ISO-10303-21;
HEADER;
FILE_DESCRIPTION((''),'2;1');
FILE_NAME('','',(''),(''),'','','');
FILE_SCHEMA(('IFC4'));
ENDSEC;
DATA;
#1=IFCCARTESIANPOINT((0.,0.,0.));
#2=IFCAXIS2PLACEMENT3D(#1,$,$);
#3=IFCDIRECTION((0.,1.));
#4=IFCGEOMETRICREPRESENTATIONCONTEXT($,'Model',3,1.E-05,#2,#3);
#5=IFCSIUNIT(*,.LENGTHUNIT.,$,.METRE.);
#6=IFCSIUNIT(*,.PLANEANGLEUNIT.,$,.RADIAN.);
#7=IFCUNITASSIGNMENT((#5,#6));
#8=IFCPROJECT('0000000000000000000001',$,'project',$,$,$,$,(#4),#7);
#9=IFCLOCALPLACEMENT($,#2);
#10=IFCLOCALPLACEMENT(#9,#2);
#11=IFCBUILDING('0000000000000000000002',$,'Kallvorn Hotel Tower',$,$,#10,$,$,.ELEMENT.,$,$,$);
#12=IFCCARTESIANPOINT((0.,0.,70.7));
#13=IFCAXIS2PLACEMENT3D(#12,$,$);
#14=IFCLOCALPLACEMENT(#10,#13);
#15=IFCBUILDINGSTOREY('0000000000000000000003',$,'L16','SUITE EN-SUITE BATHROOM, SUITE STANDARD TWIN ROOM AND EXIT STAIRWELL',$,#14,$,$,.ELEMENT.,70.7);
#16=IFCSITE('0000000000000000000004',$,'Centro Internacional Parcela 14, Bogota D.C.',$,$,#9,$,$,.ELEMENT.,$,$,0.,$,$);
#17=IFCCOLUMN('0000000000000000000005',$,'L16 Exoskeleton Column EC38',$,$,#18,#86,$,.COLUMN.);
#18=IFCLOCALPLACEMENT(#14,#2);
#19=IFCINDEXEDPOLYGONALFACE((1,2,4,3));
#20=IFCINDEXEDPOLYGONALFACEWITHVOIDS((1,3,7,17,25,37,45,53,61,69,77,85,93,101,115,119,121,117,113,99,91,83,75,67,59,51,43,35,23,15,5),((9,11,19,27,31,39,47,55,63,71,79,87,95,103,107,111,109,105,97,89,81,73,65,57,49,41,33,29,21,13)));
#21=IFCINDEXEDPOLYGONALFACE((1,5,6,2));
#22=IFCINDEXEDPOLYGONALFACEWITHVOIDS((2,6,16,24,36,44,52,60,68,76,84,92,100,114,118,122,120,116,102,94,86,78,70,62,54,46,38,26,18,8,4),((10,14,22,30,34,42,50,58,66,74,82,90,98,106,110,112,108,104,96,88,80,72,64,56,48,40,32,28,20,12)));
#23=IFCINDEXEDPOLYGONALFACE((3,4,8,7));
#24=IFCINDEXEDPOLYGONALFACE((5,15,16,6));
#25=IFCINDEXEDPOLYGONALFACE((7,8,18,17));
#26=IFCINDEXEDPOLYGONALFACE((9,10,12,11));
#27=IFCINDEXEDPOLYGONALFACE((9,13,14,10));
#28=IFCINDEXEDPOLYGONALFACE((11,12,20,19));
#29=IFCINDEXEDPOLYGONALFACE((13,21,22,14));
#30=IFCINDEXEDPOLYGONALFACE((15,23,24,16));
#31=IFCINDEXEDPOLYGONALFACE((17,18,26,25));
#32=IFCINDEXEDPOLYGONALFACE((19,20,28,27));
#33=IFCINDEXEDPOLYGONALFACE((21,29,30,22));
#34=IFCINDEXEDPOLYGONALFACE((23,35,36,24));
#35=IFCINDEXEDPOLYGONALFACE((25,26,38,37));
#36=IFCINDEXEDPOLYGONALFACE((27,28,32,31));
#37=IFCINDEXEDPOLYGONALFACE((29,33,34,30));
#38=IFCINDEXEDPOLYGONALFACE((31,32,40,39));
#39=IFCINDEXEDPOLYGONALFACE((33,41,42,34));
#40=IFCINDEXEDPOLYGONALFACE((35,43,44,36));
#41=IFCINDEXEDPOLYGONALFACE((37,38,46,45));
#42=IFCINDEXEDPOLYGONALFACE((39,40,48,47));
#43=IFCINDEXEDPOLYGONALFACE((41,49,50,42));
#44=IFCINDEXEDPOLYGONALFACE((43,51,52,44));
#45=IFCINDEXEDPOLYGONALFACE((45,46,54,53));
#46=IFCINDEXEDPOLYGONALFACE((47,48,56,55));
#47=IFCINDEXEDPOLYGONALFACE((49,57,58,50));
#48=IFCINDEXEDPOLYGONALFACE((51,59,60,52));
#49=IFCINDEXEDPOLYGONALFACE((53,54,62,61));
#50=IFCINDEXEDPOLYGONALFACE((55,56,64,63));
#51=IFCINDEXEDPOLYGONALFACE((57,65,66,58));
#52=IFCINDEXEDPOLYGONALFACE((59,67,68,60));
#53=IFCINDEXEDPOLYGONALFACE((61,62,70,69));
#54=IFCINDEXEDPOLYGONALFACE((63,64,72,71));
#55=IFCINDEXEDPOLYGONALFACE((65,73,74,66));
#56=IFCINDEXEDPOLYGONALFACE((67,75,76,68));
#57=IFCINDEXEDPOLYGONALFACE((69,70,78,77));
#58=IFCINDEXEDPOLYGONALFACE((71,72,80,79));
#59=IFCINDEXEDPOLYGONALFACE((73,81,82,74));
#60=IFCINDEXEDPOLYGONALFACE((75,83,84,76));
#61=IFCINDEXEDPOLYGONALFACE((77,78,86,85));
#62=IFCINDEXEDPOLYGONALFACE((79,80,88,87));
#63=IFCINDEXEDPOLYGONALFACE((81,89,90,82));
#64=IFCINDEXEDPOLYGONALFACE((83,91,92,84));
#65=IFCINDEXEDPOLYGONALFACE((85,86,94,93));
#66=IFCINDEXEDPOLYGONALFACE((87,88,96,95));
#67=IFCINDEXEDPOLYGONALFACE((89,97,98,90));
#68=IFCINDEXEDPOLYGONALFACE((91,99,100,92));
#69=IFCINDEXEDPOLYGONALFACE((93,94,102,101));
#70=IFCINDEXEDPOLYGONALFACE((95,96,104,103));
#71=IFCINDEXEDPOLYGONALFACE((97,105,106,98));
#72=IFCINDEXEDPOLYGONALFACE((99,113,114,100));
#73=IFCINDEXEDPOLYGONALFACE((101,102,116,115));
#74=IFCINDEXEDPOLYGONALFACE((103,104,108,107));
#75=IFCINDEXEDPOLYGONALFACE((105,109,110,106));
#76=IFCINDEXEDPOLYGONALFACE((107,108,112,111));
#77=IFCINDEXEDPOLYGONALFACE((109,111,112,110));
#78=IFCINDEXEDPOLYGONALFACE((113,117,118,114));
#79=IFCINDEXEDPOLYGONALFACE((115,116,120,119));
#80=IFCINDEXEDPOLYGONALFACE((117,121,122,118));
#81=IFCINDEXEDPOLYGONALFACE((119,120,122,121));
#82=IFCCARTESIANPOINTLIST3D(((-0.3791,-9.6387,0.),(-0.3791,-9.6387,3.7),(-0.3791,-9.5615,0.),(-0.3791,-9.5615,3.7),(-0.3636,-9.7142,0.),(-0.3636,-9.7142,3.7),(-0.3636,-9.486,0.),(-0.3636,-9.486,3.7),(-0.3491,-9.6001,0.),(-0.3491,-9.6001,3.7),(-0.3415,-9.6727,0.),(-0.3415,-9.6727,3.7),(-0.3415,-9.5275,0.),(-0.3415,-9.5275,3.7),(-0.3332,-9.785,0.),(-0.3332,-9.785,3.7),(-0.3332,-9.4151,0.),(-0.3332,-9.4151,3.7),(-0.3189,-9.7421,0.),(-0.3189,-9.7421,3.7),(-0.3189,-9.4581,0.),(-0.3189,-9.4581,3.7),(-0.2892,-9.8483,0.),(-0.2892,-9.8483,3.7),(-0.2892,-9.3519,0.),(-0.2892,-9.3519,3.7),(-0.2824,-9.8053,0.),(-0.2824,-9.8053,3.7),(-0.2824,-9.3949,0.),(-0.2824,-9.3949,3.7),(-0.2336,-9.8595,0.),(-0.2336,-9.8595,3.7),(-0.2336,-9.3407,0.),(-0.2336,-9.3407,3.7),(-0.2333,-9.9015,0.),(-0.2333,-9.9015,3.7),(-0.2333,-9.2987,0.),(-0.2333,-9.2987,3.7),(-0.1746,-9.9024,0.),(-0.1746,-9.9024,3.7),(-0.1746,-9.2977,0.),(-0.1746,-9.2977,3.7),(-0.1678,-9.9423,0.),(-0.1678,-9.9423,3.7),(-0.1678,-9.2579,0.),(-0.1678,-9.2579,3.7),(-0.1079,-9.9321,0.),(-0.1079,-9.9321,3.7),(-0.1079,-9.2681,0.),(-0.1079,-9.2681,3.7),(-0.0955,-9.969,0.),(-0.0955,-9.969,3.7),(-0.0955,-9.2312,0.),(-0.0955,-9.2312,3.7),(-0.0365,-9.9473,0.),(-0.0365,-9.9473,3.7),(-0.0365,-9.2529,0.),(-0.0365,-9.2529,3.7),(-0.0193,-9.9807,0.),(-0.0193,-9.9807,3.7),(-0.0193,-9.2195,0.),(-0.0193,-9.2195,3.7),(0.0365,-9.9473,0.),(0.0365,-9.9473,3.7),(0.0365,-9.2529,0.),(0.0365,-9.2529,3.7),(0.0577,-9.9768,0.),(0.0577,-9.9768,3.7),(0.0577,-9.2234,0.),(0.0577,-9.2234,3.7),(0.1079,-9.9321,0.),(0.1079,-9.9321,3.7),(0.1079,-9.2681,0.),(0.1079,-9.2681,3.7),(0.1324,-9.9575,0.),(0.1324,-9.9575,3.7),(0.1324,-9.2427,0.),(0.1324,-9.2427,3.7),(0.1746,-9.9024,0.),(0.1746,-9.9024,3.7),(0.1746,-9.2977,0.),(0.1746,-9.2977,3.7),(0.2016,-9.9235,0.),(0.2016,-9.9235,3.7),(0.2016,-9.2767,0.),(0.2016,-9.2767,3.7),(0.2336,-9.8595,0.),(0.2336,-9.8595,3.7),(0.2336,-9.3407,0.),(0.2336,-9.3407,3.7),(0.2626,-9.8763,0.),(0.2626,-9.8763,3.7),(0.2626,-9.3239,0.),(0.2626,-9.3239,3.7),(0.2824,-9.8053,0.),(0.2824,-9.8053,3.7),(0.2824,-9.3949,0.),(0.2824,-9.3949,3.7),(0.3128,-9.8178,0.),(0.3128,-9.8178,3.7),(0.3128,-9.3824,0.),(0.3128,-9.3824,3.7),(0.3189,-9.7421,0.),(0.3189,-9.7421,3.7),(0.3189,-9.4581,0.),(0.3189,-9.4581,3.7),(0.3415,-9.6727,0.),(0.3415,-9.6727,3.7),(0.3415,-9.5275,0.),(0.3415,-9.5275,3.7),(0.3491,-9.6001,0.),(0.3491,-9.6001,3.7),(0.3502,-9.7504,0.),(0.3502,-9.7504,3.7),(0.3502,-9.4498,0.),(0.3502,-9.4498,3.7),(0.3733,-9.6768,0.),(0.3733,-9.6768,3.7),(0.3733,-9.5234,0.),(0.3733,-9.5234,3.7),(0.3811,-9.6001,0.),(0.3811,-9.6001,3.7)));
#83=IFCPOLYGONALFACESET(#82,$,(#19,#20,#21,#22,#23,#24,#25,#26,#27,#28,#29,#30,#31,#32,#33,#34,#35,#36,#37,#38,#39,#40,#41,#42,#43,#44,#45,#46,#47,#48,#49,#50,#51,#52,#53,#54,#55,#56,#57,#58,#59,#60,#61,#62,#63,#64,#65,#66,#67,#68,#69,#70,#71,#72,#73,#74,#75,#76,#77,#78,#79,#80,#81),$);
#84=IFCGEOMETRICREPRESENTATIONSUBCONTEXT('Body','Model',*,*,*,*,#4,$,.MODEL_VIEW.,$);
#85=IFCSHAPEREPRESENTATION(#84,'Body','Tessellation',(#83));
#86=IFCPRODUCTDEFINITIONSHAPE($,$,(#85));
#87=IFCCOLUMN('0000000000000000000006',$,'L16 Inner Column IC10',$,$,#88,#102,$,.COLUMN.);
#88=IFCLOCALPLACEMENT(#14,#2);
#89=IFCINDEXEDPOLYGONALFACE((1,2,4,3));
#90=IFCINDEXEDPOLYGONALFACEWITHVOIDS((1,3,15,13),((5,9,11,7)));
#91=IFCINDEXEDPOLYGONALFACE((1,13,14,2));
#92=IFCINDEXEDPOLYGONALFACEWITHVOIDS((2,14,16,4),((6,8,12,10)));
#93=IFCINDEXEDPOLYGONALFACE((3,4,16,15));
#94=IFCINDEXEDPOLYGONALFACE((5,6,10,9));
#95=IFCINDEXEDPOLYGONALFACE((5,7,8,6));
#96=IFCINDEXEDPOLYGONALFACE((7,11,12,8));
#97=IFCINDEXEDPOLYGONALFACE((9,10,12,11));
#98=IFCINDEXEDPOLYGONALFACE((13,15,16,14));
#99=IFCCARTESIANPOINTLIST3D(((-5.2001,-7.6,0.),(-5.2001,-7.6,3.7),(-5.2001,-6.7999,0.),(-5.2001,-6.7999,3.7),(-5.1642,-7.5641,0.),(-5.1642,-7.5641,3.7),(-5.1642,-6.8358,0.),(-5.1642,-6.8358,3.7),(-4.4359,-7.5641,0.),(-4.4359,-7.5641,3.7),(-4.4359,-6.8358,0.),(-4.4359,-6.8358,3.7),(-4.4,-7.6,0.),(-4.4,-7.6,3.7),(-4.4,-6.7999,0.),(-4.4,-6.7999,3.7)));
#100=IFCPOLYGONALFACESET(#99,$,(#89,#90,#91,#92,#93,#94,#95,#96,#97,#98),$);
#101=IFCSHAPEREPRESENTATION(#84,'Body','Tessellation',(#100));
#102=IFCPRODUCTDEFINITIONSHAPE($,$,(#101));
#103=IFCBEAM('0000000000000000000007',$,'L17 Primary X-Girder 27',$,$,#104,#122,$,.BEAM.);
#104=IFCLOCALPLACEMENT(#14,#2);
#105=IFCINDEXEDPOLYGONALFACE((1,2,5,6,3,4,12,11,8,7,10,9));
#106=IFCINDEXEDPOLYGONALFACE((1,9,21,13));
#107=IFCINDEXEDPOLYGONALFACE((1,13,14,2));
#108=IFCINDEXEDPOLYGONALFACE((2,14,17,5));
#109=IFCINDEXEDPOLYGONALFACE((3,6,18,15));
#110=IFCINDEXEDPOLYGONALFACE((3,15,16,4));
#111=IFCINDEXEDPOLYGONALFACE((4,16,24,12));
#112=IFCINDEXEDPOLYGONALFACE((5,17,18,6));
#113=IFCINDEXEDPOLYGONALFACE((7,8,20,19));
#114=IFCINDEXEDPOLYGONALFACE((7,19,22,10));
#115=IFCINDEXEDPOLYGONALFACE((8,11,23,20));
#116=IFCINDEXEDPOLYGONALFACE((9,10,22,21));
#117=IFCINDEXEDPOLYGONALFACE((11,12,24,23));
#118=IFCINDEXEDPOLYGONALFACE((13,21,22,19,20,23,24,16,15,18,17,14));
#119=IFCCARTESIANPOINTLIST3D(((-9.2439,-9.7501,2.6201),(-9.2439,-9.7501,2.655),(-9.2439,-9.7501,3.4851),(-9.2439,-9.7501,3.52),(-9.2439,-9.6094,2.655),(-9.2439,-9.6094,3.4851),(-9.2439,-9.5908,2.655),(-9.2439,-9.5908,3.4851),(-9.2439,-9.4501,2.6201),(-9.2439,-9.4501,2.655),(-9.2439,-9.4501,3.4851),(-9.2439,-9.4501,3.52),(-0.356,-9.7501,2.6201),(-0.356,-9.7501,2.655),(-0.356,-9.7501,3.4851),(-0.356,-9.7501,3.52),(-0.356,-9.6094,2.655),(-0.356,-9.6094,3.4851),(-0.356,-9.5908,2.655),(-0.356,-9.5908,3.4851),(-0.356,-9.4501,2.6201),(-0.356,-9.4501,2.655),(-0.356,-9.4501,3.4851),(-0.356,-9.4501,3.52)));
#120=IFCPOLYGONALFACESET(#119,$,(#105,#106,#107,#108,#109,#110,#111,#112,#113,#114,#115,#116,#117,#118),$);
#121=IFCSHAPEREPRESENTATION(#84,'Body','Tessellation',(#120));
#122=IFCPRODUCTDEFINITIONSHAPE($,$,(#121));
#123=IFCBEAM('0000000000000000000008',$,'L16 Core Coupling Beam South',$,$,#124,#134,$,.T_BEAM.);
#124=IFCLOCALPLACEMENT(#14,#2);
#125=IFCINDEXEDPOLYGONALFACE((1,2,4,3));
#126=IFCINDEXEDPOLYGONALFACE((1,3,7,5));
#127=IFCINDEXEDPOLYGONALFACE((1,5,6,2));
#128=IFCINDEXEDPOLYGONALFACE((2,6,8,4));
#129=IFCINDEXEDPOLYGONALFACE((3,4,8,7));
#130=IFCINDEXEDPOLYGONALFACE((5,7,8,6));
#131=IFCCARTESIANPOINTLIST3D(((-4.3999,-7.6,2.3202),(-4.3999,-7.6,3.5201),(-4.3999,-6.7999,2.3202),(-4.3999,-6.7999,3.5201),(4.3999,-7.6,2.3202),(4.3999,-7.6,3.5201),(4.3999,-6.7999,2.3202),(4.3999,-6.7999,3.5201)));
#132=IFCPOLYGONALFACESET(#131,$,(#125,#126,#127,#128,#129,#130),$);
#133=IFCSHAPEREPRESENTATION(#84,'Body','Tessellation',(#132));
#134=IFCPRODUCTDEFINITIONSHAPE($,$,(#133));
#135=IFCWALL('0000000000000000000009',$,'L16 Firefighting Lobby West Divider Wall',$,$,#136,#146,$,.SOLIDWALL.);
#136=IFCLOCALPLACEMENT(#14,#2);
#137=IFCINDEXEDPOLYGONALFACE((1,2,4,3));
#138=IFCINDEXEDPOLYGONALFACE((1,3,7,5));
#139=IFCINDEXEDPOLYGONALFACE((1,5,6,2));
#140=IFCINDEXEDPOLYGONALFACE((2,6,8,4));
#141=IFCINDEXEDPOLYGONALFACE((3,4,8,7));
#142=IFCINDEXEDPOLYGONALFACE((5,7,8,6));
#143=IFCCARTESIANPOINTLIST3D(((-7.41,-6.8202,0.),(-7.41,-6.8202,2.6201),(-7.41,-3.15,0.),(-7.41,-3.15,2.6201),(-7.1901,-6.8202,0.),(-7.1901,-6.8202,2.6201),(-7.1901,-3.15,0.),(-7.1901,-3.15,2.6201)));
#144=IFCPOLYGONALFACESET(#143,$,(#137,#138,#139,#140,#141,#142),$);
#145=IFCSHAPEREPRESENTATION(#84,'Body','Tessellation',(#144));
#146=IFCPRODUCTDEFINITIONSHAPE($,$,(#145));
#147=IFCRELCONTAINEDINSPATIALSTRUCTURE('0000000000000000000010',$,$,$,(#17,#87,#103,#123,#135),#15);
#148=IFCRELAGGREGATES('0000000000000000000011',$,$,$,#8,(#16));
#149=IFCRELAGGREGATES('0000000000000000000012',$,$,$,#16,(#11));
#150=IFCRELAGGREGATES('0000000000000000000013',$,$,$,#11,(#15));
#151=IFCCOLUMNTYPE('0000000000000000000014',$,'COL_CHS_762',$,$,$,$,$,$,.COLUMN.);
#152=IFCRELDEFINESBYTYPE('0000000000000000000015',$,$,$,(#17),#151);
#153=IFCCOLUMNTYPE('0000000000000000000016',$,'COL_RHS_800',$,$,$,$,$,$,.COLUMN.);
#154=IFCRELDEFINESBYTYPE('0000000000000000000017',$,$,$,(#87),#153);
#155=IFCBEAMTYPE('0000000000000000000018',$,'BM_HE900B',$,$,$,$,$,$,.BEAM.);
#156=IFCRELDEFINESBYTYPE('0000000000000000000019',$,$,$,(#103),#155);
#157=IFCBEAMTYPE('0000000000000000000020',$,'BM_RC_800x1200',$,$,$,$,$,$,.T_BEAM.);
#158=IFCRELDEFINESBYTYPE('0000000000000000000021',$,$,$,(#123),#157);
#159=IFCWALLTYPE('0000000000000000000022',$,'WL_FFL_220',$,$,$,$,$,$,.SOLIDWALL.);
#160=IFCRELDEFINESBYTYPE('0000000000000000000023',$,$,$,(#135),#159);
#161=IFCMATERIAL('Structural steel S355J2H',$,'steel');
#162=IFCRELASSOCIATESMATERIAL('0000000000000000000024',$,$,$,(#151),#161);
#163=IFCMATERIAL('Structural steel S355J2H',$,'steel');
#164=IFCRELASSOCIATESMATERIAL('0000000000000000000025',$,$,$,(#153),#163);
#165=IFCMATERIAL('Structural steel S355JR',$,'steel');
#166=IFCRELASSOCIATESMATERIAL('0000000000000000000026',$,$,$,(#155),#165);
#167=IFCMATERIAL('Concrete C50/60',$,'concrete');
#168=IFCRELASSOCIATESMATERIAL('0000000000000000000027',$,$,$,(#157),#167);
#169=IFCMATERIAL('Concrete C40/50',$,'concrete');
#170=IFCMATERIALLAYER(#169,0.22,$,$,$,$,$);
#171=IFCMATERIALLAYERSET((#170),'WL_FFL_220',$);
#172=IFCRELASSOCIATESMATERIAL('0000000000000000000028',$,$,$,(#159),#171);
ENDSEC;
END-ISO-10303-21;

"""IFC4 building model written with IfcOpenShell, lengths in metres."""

from ifc_helpers import new_model, si_unit, direction, frame, frame_2d, origin, origin_2d, place, context, subcontext, project, spatial, rectangle, hollow_rectangle, hollow_circle, i_section, extrude, material, layer, layer_set, material_profile, profile_set, type_object, element, save


model = new_model("IFC4")

# Units and contexts
model_context = context("Model", 3, precision=1e-05, world=origin(), true_north=direction((0.0, 1.0)))
body_context = subcontext(model_context, "Body", "Model", "MODEL_VIEW")
ifc_project = project(units=[si_unit("LENGTHUNIT", "METRE"), si_unit("PLANEANGLEUNIT", "RADIAN")], contexts=[model_context])

# Site, building, storey
site_placement = place(None, origin())
site = spatial("IfcSite", under=ifc_project, at=site_placement, Name="Centro Internacional Parcela 14, Bogota D.C.", CompositionType="ELEMENT", RefElevation=0.0)
building_placement = place(site_placement, origin())
building = spatial("IfcBuilding", under=site, at=building_placement, Name="Kallvorn Hotel Tower", CompositionType="ELEMENT")
storey_placement = place(building_placement, frame((0.0, 0.0, 70.7)))
storey = spatial("IfcBuildingStorey", under=building, at=storey_placement, Name="L16", Description="SUITE EN-SUITE BATHROOM, SUITE STANDARD TWIN ROOM AND EXIT STAIRWELL", CompositionType="ELEMENT", Elevation=70.7)

# Columns
ifc_material_1 = material(Name="Structural steel S355J2H", Category="steel")
ifc_material_profile_1 = material_profile(ifc_material_1, hollow_circle(Radius=0.3811, WallThickness=0.032, at=origin_2d()), Name="CHS 762x32")
ifc_profile_set_1 = profile_set([ifc_material_profile_1], Name="Structural steel S355J2H")
column_type_1 = type_object("IfcColumnType", Name="COL_CHS_762", PredefinedType="COLUMN", material=ifc_profile_set_1)
column_1_placement = place(storey_placement, frame((0.0, -9.6001, 0.0), z_axis=(0.0, 0.0, 1.0), x_axis=(1.0, 0.0, 0.0)))
element("IfcColumn", 1, at=column_1_placement, inside=storey, type_object=column_type_1, Name="L16 Exoskeleton Column EC38", PredefinedType="COLUMN", context=body_context, shape_type="SweptSolid", body=[
    extrude(hollow_circle(Radius=0.3811, WallThickness=0.032, at=origin_2d()), origin(), (0.0, 0.0, 1.0), 3.7),
])
ifc_material_2 = material(Name="Structural steel S355J2H", Category="steel")
ifc_material_profile_2 = material_profile(ifc_material_2, hollow_rectangle(XDim=0.8, YDim=0.8, WallThickness=0.0359, at=origin_2d()), Name="RHS 800x800x36")
ifc_profile_set_2 = profile_set([ifc_material_profile_2], Name="Structural steel S355J2H")
column_type_2 = type_object("IfcColumnType", Name="COL_RHS_800", PredefinedType="COLUMN", material=ifc_profile_set_2)
column_2_placement = place(storey_placement, frame((-4.8, -7.2, 0.0), z_axis=(0.0, 0.0, 1.0), x_axis=(1.0, 0.0, 0.0)))
element("IfcColumn", 2, at=column_2_placement, inside=storey, type_object=column_type_2, Name="L16 Inner Column IC10", PredefinedType="COLUMN", context=body_context, shape_type="SweptSolid", body=[
    extrude(hollow_rectangle(XDim=0.8, YDim=0.8, WallThickness=0.0359, at=origin_2d()), origin(), (0.0, 0.0, 1.0), 3.7),
])

# Beams
ifc_material_3 = material(Name="Structural steel S355JR", Category="steel")
ifc_material_profile_3 = material_profile(ifc_material_3, i_section(OverallWidth=0.3, OverallDepth=0.8999, WebThickness=0.0186, FlangeThickness=0.0349, at=origin_2d()), Name="HE 900 B")
ifc_profile_set_3 = profile_set([ifc_material_profile_3], Name="Structural steel S355JR")
beam_type_1 = type_object("IfcBeamType", Name="BM_HE900B", PredefinedType="BEAM", material=ifc_profile_set_3)
beam_1_placement = place(storey_placement, frame((-9.2439, -9.6001, 3.0701), z_axis=(1.0, 0.0, 0.0), x_axis=(0.0, 1.0, 0.0)))
element("IfcBeam", 3, at=beam_1_placement, inside=storey, type_object=beam_type_1, Name="L17 Primary X-Girder 27", PredefinedType="BEAM", context=body_context, shape_type="SweptSolid", body=[
    extrude(i_section(OverallWidth=0.3, OverallDepth=0.8999, WebThickness=0.0186, FlangeThickness=0.0349, at=origin_2d()), origin(), (0.0, 0.0, 1.0), 8.8879),
])
ifc_material_4 = material(Name="Concrete C50/60", Category="concrete")
ifc_material_profile_4 = material_profile(ifc_material_4, rectangle(XDim=0.8, YDim=1.2, at=origin_2d()), Name="RC 800x1200")
ifc_profile_set_4 = profile_set([ifc_material_profile_4], Name="Concrete C50/60")
beam_type_2 = type_object("IfcBeamType", Name="BM_RC_800x1200", PredefinedType="T_BEAM", material=ifc_profile_set_4)
beam_2_placement = place(storey_placement, frame((-4.3999, -7.2, 2.9202), z_axis=(1.0, 0.0, 0.0), x_axis=(0.0, 1.0, 0.0)))
element("IfcBeam", 4, at=beam_2_placement, inside=storey, type_object=beam_type_2, Name="L16 Core Coupling Beam South", PredefinedType="T_BEAM", context=body_context, shape_type="SweptSolid", body=[
    extrude(rectangle(XDim=0.8, YDim=1.2, at=origin_2d()), origin(), (0.0, 0.0, 1.0), 8.7998),
])

# Wall
ifc_material_5 = material(Name="Concrete C40/50", Category="concrete")
ifc_layer_1 = layer(ifc_material_5, 0.22)
ifc_layer_set_1 = layer_set([ifc_layer_1], Name="WL_FFL_220")
wall_type_1 = type_object("IfcWallType", Name="WL_FFL_220", PredefinedType="SOLIDWALL", material=ifc_layer_set_1)
wall_1_placement = place(storey_placement, frame((-7.3, -6.8201, 0.0), z_axis=(0.0, 0.0, 1.0), x_axis=(0.0, 1.0, 0.0)))
element("IfcWall", 5, at=wall_1_placement, inside=storey, type_object=wall_type_1, Name="L16 Firefighting Lobby West Divider Wall", PredefinedType="SOLIDWALL", context=body_context, shape_type="SweptSolid", body=[
    extrude(rectangle(XDim=3.6702, YDim=0.22, at=frame_2d((1.835, 0.0))), origin(), (0.0, 0.0, 1.0), 2.6201),
])

save(model, "model.ifc")
